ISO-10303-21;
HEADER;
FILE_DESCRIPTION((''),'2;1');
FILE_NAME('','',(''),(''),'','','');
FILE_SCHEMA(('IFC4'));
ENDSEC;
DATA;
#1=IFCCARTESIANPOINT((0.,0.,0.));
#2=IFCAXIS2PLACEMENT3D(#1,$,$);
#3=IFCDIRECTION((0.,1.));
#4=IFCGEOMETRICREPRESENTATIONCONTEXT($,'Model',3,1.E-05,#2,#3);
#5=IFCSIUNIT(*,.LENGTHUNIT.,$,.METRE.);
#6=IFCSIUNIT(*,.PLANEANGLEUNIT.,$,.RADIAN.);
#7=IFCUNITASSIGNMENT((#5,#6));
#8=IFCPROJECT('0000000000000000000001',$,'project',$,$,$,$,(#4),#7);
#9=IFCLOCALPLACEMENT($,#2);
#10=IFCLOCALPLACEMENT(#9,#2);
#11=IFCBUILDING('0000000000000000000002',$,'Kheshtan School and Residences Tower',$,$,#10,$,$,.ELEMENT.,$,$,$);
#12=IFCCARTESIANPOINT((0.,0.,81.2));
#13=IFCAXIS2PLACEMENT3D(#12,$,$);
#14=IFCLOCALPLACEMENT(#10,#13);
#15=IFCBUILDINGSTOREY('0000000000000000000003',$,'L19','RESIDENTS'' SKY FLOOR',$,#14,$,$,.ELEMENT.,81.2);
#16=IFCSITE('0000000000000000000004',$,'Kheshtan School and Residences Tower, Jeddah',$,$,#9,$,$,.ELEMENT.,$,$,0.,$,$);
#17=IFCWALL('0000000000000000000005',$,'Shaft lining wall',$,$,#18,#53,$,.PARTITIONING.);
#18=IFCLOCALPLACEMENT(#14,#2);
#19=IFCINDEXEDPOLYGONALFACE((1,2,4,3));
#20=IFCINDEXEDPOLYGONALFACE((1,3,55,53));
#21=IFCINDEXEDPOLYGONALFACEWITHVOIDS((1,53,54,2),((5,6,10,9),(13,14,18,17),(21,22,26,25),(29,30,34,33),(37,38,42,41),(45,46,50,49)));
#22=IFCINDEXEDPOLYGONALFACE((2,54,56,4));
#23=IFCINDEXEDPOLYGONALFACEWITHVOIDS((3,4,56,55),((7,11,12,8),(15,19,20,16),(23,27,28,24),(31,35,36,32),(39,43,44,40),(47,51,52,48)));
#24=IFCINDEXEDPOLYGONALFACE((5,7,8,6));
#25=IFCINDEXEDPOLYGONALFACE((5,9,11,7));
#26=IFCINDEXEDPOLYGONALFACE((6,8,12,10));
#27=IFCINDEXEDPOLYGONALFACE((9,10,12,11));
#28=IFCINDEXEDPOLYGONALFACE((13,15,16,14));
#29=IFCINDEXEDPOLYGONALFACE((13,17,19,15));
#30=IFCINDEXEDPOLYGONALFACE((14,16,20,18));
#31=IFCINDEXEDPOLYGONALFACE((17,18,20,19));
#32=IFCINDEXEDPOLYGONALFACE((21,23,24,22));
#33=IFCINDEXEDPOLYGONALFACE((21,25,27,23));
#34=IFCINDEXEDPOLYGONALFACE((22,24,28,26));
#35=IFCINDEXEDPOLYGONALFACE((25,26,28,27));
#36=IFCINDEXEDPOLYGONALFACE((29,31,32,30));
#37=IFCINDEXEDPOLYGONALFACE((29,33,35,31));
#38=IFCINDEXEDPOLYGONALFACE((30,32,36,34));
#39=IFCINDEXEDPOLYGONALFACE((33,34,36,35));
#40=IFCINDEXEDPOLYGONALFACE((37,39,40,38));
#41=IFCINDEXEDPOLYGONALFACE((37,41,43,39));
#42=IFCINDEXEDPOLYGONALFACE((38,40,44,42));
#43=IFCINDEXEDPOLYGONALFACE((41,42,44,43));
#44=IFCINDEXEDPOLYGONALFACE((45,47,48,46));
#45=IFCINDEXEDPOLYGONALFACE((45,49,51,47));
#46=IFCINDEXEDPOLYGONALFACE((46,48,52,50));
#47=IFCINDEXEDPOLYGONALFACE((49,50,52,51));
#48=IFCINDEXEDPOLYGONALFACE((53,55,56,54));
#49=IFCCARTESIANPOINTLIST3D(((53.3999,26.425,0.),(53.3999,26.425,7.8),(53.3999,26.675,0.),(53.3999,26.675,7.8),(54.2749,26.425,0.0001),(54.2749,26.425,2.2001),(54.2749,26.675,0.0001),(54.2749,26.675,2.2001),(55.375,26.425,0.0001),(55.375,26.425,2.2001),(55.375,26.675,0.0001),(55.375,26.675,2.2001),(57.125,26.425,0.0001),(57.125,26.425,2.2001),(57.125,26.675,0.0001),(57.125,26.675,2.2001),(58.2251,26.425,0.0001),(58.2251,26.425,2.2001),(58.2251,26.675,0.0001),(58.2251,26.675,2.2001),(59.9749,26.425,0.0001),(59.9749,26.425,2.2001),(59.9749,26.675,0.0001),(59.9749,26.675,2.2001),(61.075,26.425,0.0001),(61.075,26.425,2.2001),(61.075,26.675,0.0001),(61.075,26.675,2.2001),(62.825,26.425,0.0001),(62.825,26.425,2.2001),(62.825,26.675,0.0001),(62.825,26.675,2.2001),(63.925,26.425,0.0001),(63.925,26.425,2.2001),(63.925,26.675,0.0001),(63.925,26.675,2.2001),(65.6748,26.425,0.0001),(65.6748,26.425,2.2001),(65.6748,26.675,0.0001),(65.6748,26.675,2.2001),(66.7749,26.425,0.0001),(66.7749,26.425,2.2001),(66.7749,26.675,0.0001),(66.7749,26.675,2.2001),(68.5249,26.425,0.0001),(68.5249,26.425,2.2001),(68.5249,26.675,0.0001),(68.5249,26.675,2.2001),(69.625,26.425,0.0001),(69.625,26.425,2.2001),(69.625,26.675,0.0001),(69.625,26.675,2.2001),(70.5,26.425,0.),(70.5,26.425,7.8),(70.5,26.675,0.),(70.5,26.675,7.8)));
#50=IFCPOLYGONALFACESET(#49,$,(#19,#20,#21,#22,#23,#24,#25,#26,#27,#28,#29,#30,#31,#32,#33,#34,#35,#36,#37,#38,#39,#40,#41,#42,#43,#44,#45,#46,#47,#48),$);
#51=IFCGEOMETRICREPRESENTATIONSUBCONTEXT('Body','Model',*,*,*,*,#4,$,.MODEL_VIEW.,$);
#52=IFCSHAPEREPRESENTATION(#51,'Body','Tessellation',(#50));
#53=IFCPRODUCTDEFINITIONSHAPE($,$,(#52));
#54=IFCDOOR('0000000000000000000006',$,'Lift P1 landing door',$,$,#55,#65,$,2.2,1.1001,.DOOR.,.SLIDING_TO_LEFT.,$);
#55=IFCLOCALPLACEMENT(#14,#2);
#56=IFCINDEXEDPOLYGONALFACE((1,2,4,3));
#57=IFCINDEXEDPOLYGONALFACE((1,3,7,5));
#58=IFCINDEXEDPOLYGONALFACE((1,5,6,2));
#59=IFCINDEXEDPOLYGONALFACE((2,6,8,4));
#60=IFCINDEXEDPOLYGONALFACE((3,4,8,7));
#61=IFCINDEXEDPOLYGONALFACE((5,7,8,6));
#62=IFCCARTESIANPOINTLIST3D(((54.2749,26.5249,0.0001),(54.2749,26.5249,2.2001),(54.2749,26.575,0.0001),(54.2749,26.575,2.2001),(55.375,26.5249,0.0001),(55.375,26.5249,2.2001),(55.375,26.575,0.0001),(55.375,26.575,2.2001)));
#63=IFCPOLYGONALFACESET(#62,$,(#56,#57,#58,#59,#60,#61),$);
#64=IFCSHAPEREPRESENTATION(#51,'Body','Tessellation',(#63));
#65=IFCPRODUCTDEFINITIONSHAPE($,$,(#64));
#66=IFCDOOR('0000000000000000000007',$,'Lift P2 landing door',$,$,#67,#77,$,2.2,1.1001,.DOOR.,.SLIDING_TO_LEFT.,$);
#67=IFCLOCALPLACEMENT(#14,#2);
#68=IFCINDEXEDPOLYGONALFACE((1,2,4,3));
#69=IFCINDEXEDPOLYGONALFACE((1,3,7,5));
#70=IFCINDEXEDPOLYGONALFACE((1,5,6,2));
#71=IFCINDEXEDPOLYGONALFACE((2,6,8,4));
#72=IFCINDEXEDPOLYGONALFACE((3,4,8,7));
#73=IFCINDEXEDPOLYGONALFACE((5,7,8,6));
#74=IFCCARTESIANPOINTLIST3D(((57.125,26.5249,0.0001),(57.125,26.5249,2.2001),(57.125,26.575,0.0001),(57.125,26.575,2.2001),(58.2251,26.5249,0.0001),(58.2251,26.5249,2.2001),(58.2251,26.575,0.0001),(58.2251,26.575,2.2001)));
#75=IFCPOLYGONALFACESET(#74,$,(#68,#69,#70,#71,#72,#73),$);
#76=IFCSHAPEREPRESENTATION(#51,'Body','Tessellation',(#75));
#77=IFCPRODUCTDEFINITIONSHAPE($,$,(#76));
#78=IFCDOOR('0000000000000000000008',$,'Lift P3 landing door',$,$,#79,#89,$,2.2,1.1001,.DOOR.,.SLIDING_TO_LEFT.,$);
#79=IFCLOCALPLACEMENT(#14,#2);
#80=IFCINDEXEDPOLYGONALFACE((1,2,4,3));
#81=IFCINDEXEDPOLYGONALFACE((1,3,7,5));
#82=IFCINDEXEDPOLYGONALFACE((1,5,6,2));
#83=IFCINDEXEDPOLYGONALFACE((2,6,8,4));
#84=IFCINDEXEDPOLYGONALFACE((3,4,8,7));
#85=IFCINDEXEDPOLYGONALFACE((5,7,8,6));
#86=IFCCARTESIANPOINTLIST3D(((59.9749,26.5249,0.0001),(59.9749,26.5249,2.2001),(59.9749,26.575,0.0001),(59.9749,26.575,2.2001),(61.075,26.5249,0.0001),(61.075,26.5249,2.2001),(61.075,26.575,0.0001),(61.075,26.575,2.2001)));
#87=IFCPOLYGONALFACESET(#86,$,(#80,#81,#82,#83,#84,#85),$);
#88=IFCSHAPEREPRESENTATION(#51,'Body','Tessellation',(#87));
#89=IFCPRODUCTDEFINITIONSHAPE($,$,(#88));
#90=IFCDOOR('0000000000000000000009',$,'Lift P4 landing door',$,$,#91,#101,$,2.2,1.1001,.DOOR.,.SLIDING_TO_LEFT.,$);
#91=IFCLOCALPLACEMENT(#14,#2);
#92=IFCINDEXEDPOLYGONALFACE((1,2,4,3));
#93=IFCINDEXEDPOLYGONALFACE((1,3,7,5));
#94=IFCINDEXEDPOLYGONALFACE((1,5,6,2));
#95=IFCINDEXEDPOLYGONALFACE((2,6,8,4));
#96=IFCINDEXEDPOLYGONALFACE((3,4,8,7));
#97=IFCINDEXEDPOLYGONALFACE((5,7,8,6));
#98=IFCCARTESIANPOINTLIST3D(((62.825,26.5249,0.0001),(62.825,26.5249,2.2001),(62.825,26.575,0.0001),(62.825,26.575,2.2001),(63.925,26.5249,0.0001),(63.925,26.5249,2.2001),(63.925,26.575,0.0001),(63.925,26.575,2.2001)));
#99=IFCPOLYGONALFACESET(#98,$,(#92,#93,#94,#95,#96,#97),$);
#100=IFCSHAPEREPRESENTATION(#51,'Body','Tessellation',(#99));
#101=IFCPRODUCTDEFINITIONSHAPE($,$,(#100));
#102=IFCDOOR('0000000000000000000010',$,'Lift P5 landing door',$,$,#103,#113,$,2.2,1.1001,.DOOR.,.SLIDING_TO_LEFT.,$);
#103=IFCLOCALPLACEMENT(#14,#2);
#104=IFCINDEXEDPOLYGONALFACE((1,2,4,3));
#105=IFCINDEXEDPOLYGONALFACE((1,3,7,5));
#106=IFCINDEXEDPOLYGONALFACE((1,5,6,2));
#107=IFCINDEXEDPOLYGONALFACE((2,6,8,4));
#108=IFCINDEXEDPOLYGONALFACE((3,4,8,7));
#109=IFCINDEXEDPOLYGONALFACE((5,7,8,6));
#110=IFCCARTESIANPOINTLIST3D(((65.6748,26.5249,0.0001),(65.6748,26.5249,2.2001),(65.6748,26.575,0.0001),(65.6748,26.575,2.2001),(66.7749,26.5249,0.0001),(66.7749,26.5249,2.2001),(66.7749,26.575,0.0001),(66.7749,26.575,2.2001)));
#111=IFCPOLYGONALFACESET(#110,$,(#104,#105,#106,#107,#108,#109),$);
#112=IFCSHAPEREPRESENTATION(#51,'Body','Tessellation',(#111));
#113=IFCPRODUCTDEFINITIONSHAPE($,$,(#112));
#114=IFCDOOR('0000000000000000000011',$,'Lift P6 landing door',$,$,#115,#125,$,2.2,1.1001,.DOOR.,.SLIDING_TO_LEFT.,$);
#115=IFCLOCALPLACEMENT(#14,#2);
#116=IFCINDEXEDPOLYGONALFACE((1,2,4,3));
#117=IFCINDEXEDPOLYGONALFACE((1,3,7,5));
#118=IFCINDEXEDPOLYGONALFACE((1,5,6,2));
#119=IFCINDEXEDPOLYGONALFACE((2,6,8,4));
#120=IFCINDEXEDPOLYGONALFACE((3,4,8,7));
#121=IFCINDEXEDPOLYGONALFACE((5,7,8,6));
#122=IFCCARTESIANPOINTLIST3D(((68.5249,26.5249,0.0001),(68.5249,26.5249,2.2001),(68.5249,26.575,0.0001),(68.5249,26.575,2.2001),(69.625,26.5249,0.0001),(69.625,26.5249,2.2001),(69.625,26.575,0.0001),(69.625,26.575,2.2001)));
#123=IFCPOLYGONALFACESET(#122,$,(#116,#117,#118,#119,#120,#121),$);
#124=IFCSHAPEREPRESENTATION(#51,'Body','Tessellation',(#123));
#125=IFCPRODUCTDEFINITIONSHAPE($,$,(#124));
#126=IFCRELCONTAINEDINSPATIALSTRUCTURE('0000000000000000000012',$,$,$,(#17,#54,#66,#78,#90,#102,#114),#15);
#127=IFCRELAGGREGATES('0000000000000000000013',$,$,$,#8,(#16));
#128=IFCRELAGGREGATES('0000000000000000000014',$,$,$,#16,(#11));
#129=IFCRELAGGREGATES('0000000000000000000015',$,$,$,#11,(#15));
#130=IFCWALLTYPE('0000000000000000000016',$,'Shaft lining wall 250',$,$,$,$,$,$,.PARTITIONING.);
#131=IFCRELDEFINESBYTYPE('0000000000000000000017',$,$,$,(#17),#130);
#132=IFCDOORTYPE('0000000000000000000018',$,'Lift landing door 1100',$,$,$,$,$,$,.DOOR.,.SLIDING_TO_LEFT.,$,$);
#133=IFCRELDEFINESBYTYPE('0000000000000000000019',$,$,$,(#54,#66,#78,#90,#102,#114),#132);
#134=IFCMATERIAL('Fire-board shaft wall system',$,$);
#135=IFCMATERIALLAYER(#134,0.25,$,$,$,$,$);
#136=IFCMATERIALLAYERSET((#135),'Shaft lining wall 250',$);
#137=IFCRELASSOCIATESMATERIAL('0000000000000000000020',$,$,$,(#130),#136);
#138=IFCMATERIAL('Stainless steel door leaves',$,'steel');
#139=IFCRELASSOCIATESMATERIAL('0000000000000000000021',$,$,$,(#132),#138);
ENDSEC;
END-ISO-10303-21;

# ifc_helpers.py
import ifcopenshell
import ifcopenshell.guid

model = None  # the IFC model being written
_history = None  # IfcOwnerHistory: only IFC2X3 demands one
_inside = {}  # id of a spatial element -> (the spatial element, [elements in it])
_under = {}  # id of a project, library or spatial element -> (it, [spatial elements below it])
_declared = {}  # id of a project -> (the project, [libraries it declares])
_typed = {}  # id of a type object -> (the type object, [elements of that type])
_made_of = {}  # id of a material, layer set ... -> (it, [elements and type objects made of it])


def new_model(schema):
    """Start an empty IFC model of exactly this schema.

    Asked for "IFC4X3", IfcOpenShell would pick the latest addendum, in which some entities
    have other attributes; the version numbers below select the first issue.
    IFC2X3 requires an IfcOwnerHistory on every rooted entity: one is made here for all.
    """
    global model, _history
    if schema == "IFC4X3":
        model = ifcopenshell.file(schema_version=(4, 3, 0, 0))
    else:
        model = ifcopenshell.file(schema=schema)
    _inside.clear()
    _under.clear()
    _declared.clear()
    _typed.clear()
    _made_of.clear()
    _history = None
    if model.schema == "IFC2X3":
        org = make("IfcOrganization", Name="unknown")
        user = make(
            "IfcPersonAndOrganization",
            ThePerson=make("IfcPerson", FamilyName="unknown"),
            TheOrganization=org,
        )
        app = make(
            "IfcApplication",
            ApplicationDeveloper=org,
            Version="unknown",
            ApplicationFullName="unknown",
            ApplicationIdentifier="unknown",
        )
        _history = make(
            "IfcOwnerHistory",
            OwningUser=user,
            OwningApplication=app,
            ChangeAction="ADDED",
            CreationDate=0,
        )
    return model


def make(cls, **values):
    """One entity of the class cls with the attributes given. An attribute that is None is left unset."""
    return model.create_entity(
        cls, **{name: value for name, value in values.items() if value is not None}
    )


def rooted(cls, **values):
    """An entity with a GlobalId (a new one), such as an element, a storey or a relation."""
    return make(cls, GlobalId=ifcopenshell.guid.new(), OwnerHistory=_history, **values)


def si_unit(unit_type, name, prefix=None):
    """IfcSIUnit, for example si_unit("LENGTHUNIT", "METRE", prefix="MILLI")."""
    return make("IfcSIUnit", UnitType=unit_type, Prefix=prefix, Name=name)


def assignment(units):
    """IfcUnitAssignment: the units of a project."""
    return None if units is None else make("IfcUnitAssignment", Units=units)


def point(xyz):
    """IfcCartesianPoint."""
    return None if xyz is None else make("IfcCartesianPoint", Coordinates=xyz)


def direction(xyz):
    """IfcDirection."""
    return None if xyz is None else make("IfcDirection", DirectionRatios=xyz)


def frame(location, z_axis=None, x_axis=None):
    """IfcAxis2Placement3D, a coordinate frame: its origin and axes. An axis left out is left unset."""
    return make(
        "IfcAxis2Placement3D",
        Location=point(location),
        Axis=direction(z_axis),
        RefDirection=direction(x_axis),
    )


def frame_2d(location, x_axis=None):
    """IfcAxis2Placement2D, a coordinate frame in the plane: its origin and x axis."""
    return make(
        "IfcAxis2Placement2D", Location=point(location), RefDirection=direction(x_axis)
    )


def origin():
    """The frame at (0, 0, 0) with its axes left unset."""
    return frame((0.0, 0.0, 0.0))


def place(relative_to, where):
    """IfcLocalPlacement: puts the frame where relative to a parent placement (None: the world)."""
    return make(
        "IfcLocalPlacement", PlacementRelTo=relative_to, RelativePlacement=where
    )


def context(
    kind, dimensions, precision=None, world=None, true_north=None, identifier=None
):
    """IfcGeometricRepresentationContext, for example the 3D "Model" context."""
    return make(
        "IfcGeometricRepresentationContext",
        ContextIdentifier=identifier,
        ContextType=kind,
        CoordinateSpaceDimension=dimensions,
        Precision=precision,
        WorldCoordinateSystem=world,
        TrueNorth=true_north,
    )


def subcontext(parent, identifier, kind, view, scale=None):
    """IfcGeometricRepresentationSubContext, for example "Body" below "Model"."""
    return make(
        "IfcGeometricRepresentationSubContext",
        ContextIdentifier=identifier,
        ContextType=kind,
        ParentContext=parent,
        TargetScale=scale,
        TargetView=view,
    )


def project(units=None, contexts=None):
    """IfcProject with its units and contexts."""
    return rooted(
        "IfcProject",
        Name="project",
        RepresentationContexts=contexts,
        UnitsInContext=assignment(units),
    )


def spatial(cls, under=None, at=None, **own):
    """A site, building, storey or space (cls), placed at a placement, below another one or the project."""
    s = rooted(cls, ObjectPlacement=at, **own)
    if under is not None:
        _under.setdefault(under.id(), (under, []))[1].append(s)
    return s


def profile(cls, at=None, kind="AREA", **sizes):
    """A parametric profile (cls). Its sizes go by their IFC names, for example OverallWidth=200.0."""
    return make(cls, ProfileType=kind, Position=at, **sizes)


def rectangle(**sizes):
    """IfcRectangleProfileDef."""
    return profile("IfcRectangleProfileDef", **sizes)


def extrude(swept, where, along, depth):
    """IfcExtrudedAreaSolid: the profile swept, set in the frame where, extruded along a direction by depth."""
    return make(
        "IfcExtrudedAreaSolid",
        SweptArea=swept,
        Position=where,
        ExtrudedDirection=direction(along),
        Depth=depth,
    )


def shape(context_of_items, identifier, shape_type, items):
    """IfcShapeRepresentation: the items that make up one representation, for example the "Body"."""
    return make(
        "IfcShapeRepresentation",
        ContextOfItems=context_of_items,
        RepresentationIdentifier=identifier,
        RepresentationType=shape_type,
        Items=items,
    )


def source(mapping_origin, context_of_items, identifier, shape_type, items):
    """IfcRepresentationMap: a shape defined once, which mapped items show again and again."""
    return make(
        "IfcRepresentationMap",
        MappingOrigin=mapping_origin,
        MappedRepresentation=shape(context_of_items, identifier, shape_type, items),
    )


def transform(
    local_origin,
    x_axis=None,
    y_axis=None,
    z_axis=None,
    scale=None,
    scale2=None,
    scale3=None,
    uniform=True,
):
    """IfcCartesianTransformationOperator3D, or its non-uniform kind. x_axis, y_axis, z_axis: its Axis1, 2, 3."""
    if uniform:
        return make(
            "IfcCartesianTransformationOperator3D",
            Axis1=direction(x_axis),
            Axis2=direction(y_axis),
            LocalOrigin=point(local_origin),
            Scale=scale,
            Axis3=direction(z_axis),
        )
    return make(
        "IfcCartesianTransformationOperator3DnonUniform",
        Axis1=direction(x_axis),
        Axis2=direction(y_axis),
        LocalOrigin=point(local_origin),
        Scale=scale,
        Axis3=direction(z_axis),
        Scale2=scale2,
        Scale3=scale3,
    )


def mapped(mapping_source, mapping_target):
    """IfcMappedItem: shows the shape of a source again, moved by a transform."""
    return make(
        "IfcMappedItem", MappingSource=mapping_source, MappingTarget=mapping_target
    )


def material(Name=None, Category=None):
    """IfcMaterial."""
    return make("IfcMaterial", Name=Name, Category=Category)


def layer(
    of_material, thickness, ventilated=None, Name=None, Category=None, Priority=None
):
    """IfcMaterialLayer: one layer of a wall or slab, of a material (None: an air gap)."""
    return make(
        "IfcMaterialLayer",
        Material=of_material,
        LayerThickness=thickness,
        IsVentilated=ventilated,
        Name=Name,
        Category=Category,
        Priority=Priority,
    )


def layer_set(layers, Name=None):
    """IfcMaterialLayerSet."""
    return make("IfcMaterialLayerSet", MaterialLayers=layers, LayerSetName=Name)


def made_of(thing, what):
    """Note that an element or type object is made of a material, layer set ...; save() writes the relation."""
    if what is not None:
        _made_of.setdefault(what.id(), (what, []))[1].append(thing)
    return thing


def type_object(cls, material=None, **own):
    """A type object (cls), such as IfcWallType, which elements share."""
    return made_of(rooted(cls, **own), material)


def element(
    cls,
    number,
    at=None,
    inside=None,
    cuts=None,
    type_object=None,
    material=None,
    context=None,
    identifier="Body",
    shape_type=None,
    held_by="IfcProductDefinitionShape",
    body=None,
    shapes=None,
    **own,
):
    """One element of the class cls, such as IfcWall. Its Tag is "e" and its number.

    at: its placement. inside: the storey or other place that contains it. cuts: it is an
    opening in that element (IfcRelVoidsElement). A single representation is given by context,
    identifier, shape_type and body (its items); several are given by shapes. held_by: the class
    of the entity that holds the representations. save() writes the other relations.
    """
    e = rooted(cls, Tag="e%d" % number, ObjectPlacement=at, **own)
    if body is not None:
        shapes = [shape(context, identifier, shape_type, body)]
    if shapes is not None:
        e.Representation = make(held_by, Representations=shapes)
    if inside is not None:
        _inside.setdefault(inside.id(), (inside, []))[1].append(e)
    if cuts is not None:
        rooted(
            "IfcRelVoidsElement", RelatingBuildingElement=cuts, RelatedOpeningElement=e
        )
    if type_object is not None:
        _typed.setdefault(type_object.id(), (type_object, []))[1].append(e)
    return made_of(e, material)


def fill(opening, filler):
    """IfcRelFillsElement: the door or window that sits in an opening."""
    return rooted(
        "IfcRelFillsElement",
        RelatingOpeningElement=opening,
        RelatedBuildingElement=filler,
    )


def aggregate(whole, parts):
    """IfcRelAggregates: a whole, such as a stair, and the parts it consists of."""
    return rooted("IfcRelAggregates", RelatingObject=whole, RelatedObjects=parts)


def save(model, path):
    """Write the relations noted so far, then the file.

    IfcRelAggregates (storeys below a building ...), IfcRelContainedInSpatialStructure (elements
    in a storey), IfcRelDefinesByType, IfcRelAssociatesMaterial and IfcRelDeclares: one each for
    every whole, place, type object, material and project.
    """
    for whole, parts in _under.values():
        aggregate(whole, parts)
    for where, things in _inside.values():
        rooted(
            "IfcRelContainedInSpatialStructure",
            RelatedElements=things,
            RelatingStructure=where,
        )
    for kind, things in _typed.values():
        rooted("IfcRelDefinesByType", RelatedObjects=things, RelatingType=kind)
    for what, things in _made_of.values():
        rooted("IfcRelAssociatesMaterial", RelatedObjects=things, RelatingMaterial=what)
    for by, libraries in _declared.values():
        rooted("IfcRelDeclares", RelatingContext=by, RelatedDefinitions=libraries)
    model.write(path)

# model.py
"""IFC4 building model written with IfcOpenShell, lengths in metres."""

from ifc_helpers import new_model, si_unit, direction, frame, frame_2d, origin, place, context, subcontext, project, spatial, rectangle, extrude, source, transform, mapped, material, layer, layer_set, type_object, element, fill, save


model = new_model("IFC4")

# Units and contexts
model_context = context("Model", 3, precision=1e-05, world=origin(), true_north=direction((0.0, 1.0)))
body_context = subcontext(model_context, "Body", "Model", "MODEL_VIEW")
ifc_project = project(units=[si_unit("LENGTHUNIT", "METRE"), si_unit("PLANEANGLEUNIT", "RADIAN")], contexts=[model_context])

# Site, building, storey
site_placement = place(None, origin())
site = spatial("IfcSite", under=ifc_project, at=site_placement, Name="Kheshtan School and Residences Tower, Jeddah", CompositionType="ELEMENT", RefElevation=0.0)
building_placement = place(site_placement, origin())
building = spatial("IfcBuilding", under=site, at=building_placement, Name="Kheshtan School and Residences Tower", CompositionType="ELEMENT")
storey_placement = place(building_placement, frame((0.0, 0.0, 81.2)))
storey = spatial("IfcBuildingStorey", under=building, at=storey_placement, Name="L19", Description="RESIDENTS' SKY FLOOR", CompositionType="ELEMENT", Elevation=81.2)

# Shared definitions
ifc_material_1 = material(Name="Fire-board shaft wall system")
ifc_layer_1 = layer(ifc_material_1, 0.25)
ifc_layer_set_1 = layer_set([ifc_layer_1], Name="Shaft lining wall 250")
wall_type_1 = type_object("IfcWallType", Name="Shaft lining wall 250", PredefinedType="PARTITIONING", material=ifc_layer_set_1)

# Wall, openings, doors
wall_1_placement = place(storey_placement, frame((53.3999, 26.55, 0.0), z_axis=(0.0, 0.0, 1.0), x_axis=(1.0, 0.0, 0.0)))
wall_1 = element("IfcWall", 1, at=wall_1_placement, inside=storey, type_object=wall_type_1, Name="Shaft lining wall", PredefinedType="PARTITIONING", context=body_context, shape_type="SweptSolid", body=[
    extrude(rectangle(XDim=17.1001, YDim=0.25, at=frame_2d((8.55, 0.0))), origin(), (0.0, 0.0, 1.0), 7.8),
])
opening_1_placement = place(wall_1_placement, frame((0.875, 0.0, 0.0)))
opening_1 = element("IfcOpeningElement", 2, at=opening_1_placement, cuts=wall_1, PredefinedType="OPENING", context=body_context, shape_type="SweptSolid", body=[
    extrude(rectangle(XDim=1.1001, YDim=2.2, at=frame_2d((0.55, 1.1001))), frame((0.0, 0.135, 0.0), z_axis=(0.0, -1.0, 0.0), x_axis=(1.0, 0.0, 0.0)), (0.0, 0.0, 1.0), 0.27),
])
opening_2_placement = place(wall_1_placement, frame((3.7251, 0.0, 0.0)))
opening_2 = element("IfcOpeningElement", 3, at=opening_2_placement, cuts=wall_1, PredefinedType="OPENING", context=body_context, shape_type="SweptSolid", body=[
    extrude(rectangle(XDim=1.1001, YDim=2.2, at=frame_2d((0.55, 1.1001))), frame((0.0, 0.135, 0.0), z_axis=(0.0, -1.0, 0.0), x_axis=(1.0, 0.0, 0.0)), (0.0, 0.0, 1.0), 0.27),
])
opening_3_placement = place(wall_1_placement, frame((6.575, 0.0, 0.0)))
opening_3 = element("IfcOpeningElement", 4, at=opening_3_placement, cuts=wall_1, PredefinedType="OPENING", context=body_context, shape_type="SweptSolid", body=[
    extrude(rectangle(XDim=1.1001, YDim=2.2, at=frame_2d((0.55, 1.1001))), frame((0.0, 0.135, 0.0), z_axis=(0.0, -1.0, 0.0), x_axis=(1.0, 0.0, 0.0)), (0.0, 0.0, 1.0), 0.27),
])
opening_4_placement = place(wall_1_placement, frame((9.425, 0.0, 0.0)))
opening_4 = element("IfcOpeningElement", 5, at=opening_4_placement, cuts=wall_1, PredefinedType="OPENING", context=body_context, shape_type="SweptSolid", body=[
    extrude(rectangle(XDim=1.1001, YDim=2.2, at=frame_2d((0.55, 1.1001))), frame((0.0, 0.135, 0.0), z_axis=(0.0, -1.0, 0.0), x_axis=(1.0, 0.0, 0.0)), (0.0, 0.0, 1.0), 0.27),
])
opening_5_placement = place(wall_1_placement, frame((12.2749, 0.0, 0.0)))
opening_5 = element("IfcOpeningElement", 6, at=opening_5_placement, cuts=wall_1, PredefinedType="OPENING", context=body_context, shape_type="SweptSolid", body=[
    extrude(rectangle(XDim=1.1001, YDim=2.2, at=frame_2d((0.55, 1.1001))), frame((0.0, 0.135, 0.0), z_axis=(0.0, -1.0, 0.0), x_axis=(1.0, 0.0, 0.0)), (0.0, 0.0, 1.0), 0.27),
])
opening_6_placement = place(wall_1_placement, frame((15.125, 0.0, 0.0)))
opening_6 = element("IfcOpeningElement", 7, at=opening_6_placement, cuts=wall_1, PredefinedType="OPENING", context=body_context, shape_type="SweptSolid", body=[
    extrude(rectangle(XDim=1.1001, YDim=2.2, at=frame_2d((0.55, 1.1001))), frame((0.0, 0.135, 0.0), z_axis=(0.0, -1.0, 0.0), x_axis=(1.0, 0.0, 0.0)), (0.0, 0.0, 1.0), 0.27),
])
ifc_material_2 = material(Name="Stainless steel door leaves", Category="steel")
door_type_1 = type_object("IfcDoorType", Name="Lift landing door 1100", OperationType="SLIDING_TO_LEFT", PredefinedType="DOOR", material=ifc_material_2)
shared_shape_1 = source(origin(), body_context, "Body", "SweptSolid", [
    extrude(rectangle(XDim=1.1001, YDim=2.2, at=frame_2d((0.55, 1.1001))), frame((0.0, 0.0249, 0.0), z_axis=(0.0, -1.0, 0.0), x_axis=(1.0, 0.0, 0.0)), (0.0, 0.0, 1.0), 0.05),
])
door_1_placement = place(opening_1_placement, origin())
door_1 = element("IfcDoor", 8, at=door_1_placement, inside=storey, type_object=door_type_1, Name="Lift P1 landing door", OperationType="SLIDING_TO_LEFT", OverallHeight=2.2, OverallWidth=1.1001, PredefinedType="DOOR", context=body_context, shape_type="MappedRepresentation", body=[
    mapped(shared_shape_1, transform((0.0, 0.0, 0.0), x_axis=(1.0, 0.0, 0.0), y_axis=(0.0, 1.0, 0.0), z_axis=(0.0, 0.0, 1.0), scale=1.0)),
])
fill(opening_1, door_1)
door_2_placement = place(opening_2_placement, origin())
door_2 = element("IfcDoor", 9, at=door_2_placement, inside=storey, type_object=door_type_1, Name="Lift P2 landing door", OperationType="SLIDING_TO_LEFT", OverallHeight=2.2, OverallWidth=1.1001, PredefinedType="DOOR", context=body_context, shape_type="MappedRepresentation", body=[
    mapped(shared_shape_1, transform((0.0, 0.0, 0.0), x_axis=(1.0, 0.0, 0.0), y_axis=(0.0, 1.0, 0.0), z_axis=(0.0, 0.0, 1.0), scale=1.0)),
])
fill(opening_2, door_2)
door_3_placement = place(opening_3_placement, origin())
door_3 = element("IfcDoor", 10, at=door_3_placement, inside=storey, type_object=door_type_1, Name="Lift P3 landing door", OperationType="SLIDING_TO_LEFT", OverallHeight=2.2, OverallWidth=1.1001, PredefinedType="DOOR", context=body_context, shape_type="MappedRepresentation", body=[
    mapped(shared_shape_1, transform((0.0, 0.0, 0.0), x_axis=(1.0, 0.0, 0.0), y_axis=(0.0, 1.0, 0.0), z_axis=(0.0, 0.0, 1.0), scale=1.0)),
])
fill(opening_3, door_3)
door_4_placement = place(opening_4_placement, origin())
door_4 = element("IfcDoor", 11, at=door_4_placement, inside=storey, type_object=door_type_1, Name="Lift P4 landing door", OperationType="SLIDING_TO_LEFT", OverallHeight=2.2, OverallWidth=1.1001, PredefinedType="DOOR", context=body_context, shape_type="MappedRepresentation", body=[
    mapped(shared_shape_1, transform((0.0, 0.0, 0.0), x_axis=(1.0, 0.0, 0.0), y_axis=(0.0, 1.0, 0.0), z_axis=(0.0, 0.0, 1.0), scale=1.0)),
])
fill(opening_4, door_4)
door_5_placement = place(opening_5_placement, origin())
door_5 = element("IfcDoor", 12, at=door_5_placement, inside=storey, type_object=door_type_1, Name="Lift P5 landing door", OperationType="SLIDING_TO_LEFT", OverallHeight=2.2, OverallWidth=1.1001, PredefinedType="DOOR", context=body_context, shape_type="MappedRepresentation", body=[
    mapped(shared_shape_1, transform((0.0, 0.0, 0.0), x_axis=(1.0, 0.0, 0.0), y_axis=(0.0, 1.0, 0.0), z_axis=(0.0, 0.0, 1.0), scale=1.0)),
])
fill(opening_5, door_5)
door_6_placement = place(opening_6_placement, origin())
door_6 = element("IfcDoor", 13, at=door_6_placement, inside=storey, type_object=door_type_1, Name="Lift P6 landing door", OperationType="SLIDING_TO_LEFT", OverallHeight=2.2, OverallWidth=1.1001, PredefinedType="DOOR", context=body_context, shape_type="MappedRepresentation", body=[
    mapped(shared_shape_1, transform((0.0, 0.0, 0.0), x_axis=(1.0, 0.0, 0.0), y_axis=(0.0, 1.0, 0.0), z_axis=(0.0, 0.0, 1.0), scale=1.0)),
])
fill(opening_6, door_6)

save(model, "model.ifc")
